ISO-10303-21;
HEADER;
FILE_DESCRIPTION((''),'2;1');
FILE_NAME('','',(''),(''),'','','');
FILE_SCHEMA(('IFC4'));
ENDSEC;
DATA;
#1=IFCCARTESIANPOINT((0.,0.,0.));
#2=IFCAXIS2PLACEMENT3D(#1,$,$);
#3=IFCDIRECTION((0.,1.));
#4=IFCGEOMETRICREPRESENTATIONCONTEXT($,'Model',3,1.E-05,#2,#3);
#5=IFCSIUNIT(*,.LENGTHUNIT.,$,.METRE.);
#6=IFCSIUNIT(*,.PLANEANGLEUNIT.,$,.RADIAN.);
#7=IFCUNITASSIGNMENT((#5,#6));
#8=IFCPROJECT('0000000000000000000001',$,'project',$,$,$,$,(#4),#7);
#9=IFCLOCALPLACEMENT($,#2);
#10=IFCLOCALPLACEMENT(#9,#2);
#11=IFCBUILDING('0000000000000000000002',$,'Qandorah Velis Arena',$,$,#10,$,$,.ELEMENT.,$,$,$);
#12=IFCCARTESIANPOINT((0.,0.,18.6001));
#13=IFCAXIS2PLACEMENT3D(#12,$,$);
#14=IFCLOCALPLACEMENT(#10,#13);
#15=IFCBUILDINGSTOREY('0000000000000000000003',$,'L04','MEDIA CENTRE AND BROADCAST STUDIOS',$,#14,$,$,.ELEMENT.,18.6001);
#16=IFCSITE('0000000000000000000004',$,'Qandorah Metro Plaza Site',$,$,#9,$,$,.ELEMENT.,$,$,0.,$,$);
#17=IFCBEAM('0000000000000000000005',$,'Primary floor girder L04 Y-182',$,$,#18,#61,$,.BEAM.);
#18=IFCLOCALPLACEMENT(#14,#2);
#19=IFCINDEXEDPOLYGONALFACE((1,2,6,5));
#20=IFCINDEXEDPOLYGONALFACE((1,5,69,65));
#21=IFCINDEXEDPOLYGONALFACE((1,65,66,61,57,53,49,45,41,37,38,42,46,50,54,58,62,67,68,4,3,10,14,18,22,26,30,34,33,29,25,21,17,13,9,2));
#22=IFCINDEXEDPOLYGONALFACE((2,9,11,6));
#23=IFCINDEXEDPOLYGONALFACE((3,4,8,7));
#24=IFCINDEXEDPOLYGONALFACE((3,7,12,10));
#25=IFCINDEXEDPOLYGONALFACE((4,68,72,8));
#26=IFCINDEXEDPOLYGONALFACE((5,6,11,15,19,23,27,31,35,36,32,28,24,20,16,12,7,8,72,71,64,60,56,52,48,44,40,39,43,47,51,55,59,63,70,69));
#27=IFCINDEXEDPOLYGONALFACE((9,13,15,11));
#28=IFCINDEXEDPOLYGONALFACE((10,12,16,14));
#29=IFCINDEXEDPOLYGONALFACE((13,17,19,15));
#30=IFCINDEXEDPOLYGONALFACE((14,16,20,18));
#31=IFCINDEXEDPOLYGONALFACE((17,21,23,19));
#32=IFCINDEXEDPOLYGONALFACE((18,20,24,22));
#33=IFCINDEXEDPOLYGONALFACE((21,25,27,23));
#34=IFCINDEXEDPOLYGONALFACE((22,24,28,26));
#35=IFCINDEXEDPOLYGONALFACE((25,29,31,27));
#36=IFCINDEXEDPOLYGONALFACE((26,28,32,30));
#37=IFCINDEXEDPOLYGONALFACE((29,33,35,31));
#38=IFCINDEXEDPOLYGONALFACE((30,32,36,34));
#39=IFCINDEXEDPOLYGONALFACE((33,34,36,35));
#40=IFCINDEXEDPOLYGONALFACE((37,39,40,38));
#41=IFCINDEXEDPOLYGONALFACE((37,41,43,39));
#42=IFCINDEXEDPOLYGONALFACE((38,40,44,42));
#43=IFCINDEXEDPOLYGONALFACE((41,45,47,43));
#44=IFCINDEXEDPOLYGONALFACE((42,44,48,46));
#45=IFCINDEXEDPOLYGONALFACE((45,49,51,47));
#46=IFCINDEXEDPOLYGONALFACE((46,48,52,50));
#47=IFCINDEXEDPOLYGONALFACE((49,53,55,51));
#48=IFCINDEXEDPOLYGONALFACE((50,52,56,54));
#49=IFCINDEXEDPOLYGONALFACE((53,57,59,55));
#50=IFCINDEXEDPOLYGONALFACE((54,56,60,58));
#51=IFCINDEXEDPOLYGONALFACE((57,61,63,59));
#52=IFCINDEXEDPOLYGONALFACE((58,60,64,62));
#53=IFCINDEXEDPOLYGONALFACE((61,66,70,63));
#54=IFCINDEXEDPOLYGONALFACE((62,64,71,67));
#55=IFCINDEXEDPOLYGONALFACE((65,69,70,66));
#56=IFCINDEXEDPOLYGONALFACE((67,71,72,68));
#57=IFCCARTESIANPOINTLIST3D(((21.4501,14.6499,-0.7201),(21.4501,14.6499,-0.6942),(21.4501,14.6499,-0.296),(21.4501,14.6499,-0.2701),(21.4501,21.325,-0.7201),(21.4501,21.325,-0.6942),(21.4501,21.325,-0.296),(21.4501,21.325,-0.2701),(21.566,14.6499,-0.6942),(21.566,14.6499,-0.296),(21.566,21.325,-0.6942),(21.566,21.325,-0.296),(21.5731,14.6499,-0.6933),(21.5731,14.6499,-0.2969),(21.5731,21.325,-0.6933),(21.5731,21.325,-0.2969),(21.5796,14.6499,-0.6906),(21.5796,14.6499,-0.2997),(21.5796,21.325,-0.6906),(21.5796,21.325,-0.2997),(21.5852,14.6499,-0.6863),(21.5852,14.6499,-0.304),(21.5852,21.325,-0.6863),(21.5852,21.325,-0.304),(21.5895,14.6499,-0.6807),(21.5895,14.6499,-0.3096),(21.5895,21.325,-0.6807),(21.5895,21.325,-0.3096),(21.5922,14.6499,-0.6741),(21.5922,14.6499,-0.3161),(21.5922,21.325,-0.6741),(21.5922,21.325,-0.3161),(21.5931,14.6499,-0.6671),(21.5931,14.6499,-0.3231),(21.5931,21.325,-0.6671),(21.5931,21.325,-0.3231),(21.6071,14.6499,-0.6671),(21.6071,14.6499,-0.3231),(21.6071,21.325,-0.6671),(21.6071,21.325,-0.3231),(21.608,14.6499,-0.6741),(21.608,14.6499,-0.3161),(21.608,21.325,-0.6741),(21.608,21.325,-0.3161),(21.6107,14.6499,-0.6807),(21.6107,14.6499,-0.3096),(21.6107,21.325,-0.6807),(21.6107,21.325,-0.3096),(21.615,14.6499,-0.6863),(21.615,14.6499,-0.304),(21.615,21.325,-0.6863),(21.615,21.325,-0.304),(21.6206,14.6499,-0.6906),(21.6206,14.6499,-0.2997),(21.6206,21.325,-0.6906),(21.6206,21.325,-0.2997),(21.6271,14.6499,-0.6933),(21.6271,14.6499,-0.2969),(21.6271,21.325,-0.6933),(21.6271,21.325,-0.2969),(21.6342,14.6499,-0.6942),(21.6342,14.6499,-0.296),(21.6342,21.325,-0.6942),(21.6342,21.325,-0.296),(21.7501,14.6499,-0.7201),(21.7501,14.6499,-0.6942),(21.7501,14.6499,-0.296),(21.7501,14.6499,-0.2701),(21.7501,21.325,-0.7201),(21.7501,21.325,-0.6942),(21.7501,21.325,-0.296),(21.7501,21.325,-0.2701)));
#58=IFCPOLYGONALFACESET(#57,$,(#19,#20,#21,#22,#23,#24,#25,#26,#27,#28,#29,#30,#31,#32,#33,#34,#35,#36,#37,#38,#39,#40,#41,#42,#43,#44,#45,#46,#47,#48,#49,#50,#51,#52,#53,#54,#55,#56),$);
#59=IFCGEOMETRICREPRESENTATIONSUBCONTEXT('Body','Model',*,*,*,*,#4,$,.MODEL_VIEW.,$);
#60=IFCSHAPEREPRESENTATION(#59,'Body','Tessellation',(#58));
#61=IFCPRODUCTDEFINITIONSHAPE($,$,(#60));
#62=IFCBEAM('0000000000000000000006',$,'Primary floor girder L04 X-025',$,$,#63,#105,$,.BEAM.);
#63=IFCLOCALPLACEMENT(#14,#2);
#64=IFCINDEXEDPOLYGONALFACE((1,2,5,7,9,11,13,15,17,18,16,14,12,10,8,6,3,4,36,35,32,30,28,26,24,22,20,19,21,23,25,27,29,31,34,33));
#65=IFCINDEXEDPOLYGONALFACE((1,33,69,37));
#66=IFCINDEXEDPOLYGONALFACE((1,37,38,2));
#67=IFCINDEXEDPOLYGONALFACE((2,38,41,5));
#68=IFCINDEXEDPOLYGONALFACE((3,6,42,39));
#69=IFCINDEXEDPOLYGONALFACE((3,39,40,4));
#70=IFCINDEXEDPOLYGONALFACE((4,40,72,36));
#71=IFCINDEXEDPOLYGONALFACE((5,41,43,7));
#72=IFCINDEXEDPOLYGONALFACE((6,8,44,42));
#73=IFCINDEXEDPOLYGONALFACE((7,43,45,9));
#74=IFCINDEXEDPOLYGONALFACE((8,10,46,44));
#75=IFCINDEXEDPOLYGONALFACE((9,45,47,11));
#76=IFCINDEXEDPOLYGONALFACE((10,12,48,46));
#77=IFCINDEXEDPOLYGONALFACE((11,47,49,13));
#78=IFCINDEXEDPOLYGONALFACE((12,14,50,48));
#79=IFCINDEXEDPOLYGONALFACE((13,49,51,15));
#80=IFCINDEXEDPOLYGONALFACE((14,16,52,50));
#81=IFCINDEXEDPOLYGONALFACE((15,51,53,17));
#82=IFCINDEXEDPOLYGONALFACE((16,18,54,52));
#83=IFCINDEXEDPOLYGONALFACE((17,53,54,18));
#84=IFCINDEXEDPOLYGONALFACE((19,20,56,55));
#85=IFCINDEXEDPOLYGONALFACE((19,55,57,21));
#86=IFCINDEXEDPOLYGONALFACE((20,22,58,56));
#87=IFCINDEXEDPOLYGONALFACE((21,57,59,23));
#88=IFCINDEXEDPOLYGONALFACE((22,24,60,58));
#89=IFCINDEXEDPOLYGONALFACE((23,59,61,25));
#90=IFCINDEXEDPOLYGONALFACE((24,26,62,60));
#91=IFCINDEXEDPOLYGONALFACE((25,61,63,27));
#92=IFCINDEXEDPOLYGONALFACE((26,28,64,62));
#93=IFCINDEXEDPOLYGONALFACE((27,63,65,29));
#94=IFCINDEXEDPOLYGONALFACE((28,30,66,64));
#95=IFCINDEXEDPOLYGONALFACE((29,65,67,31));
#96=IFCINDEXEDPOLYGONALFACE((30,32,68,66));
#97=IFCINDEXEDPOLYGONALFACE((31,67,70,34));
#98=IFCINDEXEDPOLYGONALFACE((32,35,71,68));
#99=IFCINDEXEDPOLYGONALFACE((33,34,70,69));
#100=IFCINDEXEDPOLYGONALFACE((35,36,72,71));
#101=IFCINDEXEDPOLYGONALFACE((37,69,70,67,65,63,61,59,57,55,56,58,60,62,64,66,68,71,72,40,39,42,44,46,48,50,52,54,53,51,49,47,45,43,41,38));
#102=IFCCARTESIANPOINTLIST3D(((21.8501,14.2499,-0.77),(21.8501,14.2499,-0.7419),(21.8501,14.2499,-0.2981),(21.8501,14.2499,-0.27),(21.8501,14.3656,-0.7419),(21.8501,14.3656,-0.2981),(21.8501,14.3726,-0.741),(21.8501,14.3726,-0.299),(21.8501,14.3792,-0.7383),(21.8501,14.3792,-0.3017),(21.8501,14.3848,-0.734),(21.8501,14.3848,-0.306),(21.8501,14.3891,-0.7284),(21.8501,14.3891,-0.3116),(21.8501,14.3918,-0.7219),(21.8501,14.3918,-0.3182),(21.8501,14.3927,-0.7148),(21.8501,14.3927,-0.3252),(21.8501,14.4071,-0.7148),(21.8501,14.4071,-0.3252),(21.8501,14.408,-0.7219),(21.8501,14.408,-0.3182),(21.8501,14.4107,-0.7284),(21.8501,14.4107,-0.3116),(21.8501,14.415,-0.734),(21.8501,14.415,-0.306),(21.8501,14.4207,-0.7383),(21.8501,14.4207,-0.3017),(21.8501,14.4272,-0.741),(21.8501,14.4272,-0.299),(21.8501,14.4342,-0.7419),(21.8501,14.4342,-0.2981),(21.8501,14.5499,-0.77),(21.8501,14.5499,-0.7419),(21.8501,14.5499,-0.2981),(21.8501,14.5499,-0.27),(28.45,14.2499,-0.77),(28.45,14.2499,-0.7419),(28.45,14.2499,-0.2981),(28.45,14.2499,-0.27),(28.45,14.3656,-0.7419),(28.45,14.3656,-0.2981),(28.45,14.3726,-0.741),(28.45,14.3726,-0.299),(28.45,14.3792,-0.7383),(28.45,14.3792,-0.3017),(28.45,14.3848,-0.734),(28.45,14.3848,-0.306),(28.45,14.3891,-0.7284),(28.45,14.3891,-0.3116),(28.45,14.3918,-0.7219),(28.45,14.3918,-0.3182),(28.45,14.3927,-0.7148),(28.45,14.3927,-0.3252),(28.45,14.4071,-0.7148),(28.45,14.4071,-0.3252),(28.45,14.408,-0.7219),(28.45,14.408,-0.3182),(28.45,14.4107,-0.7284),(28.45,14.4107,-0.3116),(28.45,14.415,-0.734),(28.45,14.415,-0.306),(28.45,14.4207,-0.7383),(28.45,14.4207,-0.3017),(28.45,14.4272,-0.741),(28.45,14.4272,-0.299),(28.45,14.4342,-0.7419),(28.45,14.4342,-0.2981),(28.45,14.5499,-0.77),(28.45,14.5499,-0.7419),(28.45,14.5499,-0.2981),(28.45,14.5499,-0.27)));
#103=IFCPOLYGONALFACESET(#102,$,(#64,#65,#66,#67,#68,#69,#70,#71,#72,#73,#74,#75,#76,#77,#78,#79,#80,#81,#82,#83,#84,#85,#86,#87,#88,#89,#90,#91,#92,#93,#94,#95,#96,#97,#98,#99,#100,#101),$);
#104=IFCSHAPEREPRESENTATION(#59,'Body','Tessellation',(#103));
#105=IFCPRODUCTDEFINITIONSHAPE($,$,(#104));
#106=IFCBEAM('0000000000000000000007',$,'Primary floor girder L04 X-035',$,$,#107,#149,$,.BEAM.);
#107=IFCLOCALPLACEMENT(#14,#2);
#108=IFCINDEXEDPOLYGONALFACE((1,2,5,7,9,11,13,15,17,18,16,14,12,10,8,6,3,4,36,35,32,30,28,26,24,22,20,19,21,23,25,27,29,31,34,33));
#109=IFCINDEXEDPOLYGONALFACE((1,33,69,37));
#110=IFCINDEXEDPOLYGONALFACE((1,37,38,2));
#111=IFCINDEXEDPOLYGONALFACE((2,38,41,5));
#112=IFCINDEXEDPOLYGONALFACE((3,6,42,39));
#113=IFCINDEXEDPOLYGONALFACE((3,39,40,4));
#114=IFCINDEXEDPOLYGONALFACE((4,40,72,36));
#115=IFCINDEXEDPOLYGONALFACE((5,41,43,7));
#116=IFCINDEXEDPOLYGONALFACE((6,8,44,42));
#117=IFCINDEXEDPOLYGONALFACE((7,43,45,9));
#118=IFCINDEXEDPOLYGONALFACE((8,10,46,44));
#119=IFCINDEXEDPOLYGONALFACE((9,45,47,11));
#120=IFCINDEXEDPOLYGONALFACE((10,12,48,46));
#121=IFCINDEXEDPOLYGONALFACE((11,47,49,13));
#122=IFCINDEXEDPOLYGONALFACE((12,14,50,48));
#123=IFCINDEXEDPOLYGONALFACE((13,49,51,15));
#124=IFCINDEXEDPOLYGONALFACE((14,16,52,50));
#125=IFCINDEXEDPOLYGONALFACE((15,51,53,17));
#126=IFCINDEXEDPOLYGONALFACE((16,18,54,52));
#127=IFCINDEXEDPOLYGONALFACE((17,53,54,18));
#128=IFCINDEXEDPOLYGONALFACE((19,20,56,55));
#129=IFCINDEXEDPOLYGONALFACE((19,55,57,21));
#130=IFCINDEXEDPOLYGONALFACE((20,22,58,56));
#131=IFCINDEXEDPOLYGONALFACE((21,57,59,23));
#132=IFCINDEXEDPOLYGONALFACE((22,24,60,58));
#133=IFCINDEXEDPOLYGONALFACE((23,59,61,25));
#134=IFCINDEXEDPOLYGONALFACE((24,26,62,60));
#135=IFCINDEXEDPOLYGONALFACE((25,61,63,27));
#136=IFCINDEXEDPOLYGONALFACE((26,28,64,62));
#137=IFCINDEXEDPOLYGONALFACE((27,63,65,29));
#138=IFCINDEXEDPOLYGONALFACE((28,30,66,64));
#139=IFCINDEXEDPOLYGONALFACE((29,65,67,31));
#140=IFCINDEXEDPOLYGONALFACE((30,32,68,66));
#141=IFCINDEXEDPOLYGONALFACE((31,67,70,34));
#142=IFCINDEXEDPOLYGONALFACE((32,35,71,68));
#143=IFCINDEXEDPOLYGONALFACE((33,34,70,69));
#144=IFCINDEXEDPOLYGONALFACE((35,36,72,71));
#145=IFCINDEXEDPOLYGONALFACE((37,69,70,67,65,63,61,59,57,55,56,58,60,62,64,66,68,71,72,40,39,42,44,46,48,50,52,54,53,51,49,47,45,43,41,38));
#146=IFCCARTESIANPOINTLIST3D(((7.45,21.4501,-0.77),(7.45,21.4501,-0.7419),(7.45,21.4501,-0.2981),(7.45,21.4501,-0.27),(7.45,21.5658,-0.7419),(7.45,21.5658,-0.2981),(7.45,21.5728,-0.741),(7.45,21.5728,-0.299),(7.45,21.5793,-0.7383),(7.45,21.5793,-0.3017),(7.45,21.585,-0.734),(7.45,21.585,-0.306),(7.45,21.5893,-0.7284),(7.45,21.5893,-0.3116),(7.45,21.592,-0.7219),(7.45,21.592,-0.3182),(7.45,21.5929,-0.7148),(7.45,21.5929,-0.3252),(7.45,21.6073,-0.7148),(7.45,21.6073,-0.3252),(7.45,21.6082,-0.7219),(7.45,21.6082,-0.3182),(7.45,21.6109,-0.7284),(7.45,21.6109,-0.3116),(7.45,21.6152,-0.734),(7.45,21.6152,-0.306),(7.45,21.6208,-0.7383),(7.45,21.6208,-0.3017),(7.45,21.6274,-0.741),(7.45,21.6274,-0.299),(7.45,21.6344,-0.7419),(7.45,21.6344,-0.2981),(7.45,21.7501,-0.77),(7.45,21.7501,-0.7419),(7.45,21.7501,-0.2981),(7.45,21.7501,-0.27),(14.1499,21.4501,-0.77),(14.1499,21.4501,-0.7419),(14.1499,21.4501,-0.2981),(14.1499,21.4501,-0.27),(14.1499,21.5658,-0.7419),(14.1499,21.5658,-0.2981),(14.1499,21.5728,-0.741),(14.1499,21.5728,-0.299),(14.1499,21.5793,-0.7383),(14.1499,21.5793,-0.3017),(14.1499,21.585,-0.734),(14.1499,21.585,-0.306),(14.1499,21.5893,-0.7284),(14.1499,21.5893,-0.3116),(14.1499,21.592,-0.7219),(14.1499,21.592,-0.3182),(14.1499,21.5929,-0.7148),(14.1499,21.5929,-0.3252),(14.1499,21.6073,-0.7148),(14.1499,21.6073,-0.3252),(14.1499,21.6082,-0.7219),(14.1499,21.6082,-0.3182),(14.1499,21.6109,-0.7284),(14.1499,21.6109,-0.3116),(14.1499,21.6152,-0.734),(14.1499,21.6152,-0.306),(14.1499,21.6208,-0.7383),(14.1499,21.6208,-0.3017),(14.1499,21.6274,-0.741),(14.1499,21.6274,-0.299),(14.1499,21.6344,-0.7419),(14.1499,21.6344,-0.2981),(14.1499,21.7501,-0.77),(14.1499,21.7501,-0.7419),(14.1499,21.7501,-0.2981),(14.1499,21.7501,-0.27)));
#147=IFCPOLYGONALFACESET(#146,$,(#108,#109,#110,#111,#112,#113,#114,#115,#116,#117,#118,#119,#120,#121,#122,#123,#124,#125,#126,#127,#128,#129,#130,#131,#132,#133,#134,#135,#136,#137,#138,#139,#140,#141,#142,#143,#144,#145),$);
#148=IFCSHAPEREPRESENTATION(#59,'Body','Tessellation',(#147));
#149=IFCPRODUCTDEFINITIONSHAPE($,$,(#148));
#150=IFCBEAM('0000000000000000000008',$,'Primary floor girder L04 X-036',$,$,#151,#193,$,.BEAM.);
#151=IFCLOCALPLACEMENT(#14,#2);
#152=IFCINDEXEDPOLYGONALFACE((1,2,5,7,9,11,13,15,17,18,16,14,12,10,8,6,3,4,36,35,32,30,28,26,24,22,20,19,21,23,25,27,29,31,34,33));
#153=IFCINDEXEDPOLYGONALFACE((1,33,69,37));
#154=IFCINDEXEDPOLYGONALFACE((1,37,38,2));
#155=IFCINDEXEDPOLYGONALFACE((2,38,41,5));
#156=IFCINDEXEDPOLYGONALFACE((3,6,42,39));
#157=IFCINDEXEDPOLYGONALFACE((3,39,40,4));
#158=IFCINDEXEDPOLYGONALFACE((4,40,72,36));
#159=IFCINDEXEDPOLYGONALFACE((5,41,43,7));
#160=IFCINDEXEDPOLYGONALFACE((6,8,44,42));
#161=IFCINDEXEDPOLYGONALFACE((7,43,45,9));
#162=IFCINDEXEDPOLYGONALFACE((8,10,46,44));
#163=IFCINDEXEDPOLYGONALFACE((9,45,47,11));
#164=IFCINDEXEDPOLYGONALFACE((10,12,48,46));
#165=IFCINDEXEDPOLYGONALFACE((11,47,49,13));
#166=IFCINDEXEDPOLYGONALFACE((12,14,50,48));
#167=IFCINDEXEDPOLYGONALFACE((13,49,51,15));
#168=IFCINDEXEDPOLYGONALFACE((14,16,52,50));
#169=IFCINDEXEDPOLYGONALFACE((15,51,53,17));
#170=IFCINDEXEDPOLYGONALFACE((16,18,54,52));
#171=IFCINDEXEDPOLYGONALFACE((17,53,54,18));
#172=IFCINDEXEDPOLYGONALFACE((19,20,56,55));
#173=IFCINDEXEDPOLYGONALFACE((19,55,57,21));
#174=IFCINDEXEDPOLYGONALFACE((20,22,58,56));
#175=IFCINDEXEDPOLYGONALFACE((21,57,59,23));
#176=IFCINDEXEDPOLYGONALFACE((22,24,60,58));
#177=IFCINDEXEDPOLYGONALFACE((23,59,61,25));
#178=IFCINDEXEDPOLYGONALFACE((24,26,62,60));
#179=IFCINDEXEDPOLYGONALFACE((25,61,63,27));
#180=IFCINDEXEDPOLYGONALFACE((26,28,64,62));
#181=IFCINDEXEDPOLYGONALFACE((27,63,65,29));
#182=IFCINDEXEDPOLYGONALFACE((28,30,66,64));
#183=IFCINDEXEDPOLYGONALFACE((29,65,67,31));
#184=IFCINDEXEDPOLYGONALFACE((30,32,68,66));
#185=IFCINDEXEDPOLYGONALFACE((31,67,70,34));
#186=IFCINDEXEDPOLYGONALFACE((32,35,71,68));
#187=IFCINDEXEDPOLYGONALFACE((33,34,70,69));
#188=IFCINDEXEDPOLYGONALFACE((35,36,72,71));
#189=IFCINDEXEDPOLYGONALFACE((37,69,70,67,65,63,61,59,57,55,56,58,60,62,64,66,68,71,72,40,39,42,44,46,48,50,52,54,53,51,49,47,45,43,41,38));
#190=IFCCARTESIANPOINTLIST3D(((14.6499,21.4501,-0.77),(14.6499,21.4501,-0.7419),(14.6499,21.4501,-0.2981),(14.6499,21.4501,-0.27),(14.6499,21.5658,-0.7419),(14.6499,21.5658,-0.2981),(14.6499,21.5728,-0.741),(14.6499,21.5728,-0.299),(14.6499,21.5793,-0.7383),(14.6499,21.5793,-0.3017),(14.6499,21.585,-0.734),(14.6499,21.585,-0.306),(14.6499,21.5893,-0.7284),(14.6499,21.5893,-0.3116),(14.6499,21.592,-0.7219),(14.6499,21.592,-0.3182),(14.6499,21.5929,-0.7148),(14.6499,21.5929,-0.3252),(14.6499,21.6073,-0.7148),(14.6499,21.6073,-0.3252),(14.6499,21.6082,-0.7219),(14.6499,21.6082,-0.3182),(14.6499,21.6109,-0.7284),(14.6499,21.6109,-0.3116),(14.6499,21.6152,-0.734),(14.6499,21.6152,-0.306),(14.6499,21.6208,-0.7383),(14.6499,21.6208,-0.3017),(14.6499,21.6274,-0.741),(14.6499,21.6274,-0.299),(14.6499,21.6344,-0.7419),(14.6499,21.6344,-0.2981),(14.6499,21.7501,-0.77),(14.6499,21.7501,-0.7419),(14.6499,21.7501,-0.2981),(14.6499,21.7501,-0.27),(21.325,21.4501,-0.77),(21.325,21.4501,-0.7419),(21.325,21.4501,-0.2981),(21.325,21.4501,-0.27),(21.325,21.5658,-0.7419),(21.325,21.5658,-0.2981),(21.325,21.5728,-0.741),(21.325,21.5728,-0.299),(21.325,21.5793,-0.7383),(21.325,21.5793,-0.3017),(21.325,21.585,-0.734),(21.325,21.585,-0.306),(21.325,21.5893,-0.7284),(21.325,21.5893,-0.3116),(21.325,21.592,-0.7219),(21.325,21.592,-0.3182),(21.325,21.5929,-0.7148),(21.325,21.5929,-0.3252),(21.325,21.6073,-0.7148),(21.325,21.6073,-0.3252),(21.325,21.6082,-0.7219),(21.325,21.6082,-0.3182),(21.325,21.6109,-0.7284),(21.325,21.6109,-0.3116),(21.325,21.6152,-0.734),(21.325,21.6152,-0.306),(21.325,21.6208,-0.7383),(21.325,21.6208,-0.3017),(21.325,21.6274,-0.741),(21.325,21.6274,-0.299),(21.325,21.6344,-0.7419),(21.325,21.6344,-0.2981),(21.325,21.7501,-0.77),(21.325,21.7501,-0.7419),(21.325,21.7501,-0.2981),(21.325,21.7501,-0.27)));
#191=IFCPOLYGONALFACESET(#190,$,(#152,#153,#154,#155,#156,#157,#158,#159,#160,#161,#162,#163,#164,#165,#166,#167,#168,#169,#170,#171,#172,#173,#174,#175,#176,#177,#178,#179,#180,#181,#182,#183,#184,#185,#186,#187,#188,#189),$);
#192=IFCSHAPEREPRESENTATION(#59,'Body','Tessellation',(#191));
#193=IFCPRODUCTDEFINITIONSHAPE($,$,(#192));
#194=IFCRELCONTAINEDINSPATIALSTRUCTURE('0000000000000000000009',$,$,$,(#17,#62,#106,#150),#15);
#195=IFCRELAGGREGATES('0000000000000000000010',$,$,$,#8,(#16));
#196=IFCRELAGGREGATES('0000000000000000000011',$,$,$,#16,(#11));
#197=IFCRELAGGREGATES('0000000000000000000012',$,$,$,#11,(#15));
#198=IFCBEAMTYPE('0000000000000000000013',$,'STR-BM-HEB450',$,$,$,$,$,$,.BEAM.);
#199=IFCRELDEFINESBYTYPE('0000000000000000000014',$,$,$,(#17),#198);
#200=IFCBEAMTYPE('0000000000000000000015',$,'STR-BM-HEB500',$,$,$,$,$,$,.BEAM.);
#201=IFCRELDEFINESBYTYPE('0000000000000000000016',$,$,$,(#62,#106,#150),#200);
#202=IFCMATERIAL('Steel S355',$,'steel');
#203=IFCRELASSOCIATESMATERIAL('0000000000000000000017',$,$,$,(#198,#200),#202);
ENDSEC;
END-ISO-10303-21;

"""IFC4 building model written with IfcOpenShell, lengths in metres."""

from ifc_helpers import new_model, si_unit, direction, frame, origin, origin_2d, place, context, subcontext, project, spatial, i_section, extrude, material, material_profile, profile_set, type_object, element, save


model = new_model("IFC4")

# Units and contexts
model_context = context("Model", 3, precision=1e-05, world=origin(), true_north=direction((0.0, 1.0)))
body_context = subcontext(model_context, "Body", "Model", "MODEL_VIEW")
ifc_project = project(units=[si_unit("LENGTHUNIT", "METRE"), si_unit("PLANEANGLEUNIT", "RADIAN")], contexts=[model_context])

# Site, building, storey
site_placement = place(None, origin())
site = spatial("IfcSite", under=ifc_project, at=site_placement, Name="Qandorah Metro Plaza Site", CompositionType="ELEMENT", RefElevation=0.0)
building_placement = place(site_placement, origin())
building = spatial("IfcBuilding", under=site, at=building_placement, Name="Qandorah Velis Arena", CompositionType="ELEMENT")
storey_placement = place(building_placement, frame((0.0, 0.0, 18.6001)))
storey = spatial("IfcBuildingStorey", under=building, at=storey_placement, Name="L04", Description="MEDIA CENTRE AND BROADCAST STUDIOS", CompositionType="ELEMENT", Elevation=18.6001)

# Shared definitions
ifc_material_1 = material(Name="Steel S355", Category="steel")

# Beams
ifc_material_profile_1 = material_profile(ifc_material_1, i_section(OverallWidth=0.3, OverallDepth=0.45, WebThickness=0.0139, FlangeThickness=0.0259, FilletRadius=0.0271, at=origin_2d()), Name="HEB 450")
ifc_profile_set_1 = profile_set([ifc_material_profile_1], Name="Steel S355")
beam_type_1 = type_object("IfcBeamType", Name="STR-BM-HEB450", PredefinedType="BEAM", material=ifc_profile_set_1)
beam_1_placement = place(storey_placement, frame((21.6001, 14.6499, -0.4951), z_axis=(0.0, 1.0, 0.0), x_axis=(-1.0, 0.0, 0.0)))
element("IfcBeam", 1, at=beam_1_placement, inside=storey, type_object=beam_type_1, Name="Primary floor girder L04 Y-182", PredefinedType="BEAM", context=body_context, shape_type="SweptSolid", body=[
    extrude(i_section(OverallWidth=0.3, OverallDepth=0.45, WebThickness=0.0139, FlangeThickness=0.0259, FilletRadius=0.0271, at=origin_2d()), origin(), (0.0, 0.0, 1.0), 6.675),
])
ifc_material_profile_2 = material_profile(ifc_material_1, i_section(OverallWidth=0.3, OverallDepth=0.5, WebThickness=0.0144, FlangeThickness=0.0281, FilletRadius=0.0271, at=origin_2d()), Name="HEB 500")
ifc_profile_set_2 = profile_set([ifc_material_profile_2], Name="Steel S355")
beam_type_2 = type_object("IfcBeamType", Name="STR-BM-HEB500", PredefinedType="BEAM", material=ifc_profile_set_2)
beam_2_placement = place(storey_placement, frame((21.8501, 14.3999, -0.52), z_axis=(1.0, 0.0, 0.0), x_axis=(0.0, 1.0, 0.0)))
element("IfcBeam", 2, at=beam_2_placement, inside=storey, type_object=beam_type_2, Name="Primary floor girder L04 X-025", PredefinedType="BEAM", context=body_context, shape_type="SweptSolid", body=[
    extrude(i_section(OverallWidth=0.3, OverallDepth=0.5, WebThickness=0.0144, FlangeThickness=0.0281, FilletRadius=0.0271, at=origin_2d()), origin(), (0.0, 0.0, 1.0), 6.5999),
])
beam_3_placement = place(storey_placement, frame((7.45, 21.6001, -0.52), z_axis=(1.0, 0.0, 0.0), x_axis=(0.0, 1.0, 0.0)))
element("IfcBeam", 3, at=beam_3_placement, inside=storey, type_object=beam_type_2, Name="Primary floor girder L04 X-035", PredefinedType="BEAM", context=body_context, shape_type="SweptSolid", body=[
    extrude(i_section(OverallWidth=0.3, OverallDepth=0.5, WebThickness=0.0144, FlangeThickness=0.0281, FilletRadius=0.0271, at=origin_2d()), origin(), (0.0, 0.0, 1.0), 6.7),
])
for number, where, z_axis, x_axis, name in (
    (4, (14.6499, 21.6001, -0.52), (1.0, 0.0, 0.0), (0.0, 1.0, 0.0), "Primary floor girder L04 X-036"),
):
    element("IfcBeam", number, at=place(storey_placement, frame(where, z_axis=z_axis, x_axis=x_axis)), inside=storey, type_object=beam_type_2, Name=name, PredefinedType="BEAM", context=body_context, shape_type="SweptSolid", body=[
        extrude(i_section(OverallWidth=0.3, OverallDepth=0.5, WebThickness=0.0144, FlangeThickness=0.0281, FilletRadius=0.0271, at=origin_2d()), origin(), (0.0, 0.0, 1.0), 6.675),
    ])

save(model, "model.ifc")
